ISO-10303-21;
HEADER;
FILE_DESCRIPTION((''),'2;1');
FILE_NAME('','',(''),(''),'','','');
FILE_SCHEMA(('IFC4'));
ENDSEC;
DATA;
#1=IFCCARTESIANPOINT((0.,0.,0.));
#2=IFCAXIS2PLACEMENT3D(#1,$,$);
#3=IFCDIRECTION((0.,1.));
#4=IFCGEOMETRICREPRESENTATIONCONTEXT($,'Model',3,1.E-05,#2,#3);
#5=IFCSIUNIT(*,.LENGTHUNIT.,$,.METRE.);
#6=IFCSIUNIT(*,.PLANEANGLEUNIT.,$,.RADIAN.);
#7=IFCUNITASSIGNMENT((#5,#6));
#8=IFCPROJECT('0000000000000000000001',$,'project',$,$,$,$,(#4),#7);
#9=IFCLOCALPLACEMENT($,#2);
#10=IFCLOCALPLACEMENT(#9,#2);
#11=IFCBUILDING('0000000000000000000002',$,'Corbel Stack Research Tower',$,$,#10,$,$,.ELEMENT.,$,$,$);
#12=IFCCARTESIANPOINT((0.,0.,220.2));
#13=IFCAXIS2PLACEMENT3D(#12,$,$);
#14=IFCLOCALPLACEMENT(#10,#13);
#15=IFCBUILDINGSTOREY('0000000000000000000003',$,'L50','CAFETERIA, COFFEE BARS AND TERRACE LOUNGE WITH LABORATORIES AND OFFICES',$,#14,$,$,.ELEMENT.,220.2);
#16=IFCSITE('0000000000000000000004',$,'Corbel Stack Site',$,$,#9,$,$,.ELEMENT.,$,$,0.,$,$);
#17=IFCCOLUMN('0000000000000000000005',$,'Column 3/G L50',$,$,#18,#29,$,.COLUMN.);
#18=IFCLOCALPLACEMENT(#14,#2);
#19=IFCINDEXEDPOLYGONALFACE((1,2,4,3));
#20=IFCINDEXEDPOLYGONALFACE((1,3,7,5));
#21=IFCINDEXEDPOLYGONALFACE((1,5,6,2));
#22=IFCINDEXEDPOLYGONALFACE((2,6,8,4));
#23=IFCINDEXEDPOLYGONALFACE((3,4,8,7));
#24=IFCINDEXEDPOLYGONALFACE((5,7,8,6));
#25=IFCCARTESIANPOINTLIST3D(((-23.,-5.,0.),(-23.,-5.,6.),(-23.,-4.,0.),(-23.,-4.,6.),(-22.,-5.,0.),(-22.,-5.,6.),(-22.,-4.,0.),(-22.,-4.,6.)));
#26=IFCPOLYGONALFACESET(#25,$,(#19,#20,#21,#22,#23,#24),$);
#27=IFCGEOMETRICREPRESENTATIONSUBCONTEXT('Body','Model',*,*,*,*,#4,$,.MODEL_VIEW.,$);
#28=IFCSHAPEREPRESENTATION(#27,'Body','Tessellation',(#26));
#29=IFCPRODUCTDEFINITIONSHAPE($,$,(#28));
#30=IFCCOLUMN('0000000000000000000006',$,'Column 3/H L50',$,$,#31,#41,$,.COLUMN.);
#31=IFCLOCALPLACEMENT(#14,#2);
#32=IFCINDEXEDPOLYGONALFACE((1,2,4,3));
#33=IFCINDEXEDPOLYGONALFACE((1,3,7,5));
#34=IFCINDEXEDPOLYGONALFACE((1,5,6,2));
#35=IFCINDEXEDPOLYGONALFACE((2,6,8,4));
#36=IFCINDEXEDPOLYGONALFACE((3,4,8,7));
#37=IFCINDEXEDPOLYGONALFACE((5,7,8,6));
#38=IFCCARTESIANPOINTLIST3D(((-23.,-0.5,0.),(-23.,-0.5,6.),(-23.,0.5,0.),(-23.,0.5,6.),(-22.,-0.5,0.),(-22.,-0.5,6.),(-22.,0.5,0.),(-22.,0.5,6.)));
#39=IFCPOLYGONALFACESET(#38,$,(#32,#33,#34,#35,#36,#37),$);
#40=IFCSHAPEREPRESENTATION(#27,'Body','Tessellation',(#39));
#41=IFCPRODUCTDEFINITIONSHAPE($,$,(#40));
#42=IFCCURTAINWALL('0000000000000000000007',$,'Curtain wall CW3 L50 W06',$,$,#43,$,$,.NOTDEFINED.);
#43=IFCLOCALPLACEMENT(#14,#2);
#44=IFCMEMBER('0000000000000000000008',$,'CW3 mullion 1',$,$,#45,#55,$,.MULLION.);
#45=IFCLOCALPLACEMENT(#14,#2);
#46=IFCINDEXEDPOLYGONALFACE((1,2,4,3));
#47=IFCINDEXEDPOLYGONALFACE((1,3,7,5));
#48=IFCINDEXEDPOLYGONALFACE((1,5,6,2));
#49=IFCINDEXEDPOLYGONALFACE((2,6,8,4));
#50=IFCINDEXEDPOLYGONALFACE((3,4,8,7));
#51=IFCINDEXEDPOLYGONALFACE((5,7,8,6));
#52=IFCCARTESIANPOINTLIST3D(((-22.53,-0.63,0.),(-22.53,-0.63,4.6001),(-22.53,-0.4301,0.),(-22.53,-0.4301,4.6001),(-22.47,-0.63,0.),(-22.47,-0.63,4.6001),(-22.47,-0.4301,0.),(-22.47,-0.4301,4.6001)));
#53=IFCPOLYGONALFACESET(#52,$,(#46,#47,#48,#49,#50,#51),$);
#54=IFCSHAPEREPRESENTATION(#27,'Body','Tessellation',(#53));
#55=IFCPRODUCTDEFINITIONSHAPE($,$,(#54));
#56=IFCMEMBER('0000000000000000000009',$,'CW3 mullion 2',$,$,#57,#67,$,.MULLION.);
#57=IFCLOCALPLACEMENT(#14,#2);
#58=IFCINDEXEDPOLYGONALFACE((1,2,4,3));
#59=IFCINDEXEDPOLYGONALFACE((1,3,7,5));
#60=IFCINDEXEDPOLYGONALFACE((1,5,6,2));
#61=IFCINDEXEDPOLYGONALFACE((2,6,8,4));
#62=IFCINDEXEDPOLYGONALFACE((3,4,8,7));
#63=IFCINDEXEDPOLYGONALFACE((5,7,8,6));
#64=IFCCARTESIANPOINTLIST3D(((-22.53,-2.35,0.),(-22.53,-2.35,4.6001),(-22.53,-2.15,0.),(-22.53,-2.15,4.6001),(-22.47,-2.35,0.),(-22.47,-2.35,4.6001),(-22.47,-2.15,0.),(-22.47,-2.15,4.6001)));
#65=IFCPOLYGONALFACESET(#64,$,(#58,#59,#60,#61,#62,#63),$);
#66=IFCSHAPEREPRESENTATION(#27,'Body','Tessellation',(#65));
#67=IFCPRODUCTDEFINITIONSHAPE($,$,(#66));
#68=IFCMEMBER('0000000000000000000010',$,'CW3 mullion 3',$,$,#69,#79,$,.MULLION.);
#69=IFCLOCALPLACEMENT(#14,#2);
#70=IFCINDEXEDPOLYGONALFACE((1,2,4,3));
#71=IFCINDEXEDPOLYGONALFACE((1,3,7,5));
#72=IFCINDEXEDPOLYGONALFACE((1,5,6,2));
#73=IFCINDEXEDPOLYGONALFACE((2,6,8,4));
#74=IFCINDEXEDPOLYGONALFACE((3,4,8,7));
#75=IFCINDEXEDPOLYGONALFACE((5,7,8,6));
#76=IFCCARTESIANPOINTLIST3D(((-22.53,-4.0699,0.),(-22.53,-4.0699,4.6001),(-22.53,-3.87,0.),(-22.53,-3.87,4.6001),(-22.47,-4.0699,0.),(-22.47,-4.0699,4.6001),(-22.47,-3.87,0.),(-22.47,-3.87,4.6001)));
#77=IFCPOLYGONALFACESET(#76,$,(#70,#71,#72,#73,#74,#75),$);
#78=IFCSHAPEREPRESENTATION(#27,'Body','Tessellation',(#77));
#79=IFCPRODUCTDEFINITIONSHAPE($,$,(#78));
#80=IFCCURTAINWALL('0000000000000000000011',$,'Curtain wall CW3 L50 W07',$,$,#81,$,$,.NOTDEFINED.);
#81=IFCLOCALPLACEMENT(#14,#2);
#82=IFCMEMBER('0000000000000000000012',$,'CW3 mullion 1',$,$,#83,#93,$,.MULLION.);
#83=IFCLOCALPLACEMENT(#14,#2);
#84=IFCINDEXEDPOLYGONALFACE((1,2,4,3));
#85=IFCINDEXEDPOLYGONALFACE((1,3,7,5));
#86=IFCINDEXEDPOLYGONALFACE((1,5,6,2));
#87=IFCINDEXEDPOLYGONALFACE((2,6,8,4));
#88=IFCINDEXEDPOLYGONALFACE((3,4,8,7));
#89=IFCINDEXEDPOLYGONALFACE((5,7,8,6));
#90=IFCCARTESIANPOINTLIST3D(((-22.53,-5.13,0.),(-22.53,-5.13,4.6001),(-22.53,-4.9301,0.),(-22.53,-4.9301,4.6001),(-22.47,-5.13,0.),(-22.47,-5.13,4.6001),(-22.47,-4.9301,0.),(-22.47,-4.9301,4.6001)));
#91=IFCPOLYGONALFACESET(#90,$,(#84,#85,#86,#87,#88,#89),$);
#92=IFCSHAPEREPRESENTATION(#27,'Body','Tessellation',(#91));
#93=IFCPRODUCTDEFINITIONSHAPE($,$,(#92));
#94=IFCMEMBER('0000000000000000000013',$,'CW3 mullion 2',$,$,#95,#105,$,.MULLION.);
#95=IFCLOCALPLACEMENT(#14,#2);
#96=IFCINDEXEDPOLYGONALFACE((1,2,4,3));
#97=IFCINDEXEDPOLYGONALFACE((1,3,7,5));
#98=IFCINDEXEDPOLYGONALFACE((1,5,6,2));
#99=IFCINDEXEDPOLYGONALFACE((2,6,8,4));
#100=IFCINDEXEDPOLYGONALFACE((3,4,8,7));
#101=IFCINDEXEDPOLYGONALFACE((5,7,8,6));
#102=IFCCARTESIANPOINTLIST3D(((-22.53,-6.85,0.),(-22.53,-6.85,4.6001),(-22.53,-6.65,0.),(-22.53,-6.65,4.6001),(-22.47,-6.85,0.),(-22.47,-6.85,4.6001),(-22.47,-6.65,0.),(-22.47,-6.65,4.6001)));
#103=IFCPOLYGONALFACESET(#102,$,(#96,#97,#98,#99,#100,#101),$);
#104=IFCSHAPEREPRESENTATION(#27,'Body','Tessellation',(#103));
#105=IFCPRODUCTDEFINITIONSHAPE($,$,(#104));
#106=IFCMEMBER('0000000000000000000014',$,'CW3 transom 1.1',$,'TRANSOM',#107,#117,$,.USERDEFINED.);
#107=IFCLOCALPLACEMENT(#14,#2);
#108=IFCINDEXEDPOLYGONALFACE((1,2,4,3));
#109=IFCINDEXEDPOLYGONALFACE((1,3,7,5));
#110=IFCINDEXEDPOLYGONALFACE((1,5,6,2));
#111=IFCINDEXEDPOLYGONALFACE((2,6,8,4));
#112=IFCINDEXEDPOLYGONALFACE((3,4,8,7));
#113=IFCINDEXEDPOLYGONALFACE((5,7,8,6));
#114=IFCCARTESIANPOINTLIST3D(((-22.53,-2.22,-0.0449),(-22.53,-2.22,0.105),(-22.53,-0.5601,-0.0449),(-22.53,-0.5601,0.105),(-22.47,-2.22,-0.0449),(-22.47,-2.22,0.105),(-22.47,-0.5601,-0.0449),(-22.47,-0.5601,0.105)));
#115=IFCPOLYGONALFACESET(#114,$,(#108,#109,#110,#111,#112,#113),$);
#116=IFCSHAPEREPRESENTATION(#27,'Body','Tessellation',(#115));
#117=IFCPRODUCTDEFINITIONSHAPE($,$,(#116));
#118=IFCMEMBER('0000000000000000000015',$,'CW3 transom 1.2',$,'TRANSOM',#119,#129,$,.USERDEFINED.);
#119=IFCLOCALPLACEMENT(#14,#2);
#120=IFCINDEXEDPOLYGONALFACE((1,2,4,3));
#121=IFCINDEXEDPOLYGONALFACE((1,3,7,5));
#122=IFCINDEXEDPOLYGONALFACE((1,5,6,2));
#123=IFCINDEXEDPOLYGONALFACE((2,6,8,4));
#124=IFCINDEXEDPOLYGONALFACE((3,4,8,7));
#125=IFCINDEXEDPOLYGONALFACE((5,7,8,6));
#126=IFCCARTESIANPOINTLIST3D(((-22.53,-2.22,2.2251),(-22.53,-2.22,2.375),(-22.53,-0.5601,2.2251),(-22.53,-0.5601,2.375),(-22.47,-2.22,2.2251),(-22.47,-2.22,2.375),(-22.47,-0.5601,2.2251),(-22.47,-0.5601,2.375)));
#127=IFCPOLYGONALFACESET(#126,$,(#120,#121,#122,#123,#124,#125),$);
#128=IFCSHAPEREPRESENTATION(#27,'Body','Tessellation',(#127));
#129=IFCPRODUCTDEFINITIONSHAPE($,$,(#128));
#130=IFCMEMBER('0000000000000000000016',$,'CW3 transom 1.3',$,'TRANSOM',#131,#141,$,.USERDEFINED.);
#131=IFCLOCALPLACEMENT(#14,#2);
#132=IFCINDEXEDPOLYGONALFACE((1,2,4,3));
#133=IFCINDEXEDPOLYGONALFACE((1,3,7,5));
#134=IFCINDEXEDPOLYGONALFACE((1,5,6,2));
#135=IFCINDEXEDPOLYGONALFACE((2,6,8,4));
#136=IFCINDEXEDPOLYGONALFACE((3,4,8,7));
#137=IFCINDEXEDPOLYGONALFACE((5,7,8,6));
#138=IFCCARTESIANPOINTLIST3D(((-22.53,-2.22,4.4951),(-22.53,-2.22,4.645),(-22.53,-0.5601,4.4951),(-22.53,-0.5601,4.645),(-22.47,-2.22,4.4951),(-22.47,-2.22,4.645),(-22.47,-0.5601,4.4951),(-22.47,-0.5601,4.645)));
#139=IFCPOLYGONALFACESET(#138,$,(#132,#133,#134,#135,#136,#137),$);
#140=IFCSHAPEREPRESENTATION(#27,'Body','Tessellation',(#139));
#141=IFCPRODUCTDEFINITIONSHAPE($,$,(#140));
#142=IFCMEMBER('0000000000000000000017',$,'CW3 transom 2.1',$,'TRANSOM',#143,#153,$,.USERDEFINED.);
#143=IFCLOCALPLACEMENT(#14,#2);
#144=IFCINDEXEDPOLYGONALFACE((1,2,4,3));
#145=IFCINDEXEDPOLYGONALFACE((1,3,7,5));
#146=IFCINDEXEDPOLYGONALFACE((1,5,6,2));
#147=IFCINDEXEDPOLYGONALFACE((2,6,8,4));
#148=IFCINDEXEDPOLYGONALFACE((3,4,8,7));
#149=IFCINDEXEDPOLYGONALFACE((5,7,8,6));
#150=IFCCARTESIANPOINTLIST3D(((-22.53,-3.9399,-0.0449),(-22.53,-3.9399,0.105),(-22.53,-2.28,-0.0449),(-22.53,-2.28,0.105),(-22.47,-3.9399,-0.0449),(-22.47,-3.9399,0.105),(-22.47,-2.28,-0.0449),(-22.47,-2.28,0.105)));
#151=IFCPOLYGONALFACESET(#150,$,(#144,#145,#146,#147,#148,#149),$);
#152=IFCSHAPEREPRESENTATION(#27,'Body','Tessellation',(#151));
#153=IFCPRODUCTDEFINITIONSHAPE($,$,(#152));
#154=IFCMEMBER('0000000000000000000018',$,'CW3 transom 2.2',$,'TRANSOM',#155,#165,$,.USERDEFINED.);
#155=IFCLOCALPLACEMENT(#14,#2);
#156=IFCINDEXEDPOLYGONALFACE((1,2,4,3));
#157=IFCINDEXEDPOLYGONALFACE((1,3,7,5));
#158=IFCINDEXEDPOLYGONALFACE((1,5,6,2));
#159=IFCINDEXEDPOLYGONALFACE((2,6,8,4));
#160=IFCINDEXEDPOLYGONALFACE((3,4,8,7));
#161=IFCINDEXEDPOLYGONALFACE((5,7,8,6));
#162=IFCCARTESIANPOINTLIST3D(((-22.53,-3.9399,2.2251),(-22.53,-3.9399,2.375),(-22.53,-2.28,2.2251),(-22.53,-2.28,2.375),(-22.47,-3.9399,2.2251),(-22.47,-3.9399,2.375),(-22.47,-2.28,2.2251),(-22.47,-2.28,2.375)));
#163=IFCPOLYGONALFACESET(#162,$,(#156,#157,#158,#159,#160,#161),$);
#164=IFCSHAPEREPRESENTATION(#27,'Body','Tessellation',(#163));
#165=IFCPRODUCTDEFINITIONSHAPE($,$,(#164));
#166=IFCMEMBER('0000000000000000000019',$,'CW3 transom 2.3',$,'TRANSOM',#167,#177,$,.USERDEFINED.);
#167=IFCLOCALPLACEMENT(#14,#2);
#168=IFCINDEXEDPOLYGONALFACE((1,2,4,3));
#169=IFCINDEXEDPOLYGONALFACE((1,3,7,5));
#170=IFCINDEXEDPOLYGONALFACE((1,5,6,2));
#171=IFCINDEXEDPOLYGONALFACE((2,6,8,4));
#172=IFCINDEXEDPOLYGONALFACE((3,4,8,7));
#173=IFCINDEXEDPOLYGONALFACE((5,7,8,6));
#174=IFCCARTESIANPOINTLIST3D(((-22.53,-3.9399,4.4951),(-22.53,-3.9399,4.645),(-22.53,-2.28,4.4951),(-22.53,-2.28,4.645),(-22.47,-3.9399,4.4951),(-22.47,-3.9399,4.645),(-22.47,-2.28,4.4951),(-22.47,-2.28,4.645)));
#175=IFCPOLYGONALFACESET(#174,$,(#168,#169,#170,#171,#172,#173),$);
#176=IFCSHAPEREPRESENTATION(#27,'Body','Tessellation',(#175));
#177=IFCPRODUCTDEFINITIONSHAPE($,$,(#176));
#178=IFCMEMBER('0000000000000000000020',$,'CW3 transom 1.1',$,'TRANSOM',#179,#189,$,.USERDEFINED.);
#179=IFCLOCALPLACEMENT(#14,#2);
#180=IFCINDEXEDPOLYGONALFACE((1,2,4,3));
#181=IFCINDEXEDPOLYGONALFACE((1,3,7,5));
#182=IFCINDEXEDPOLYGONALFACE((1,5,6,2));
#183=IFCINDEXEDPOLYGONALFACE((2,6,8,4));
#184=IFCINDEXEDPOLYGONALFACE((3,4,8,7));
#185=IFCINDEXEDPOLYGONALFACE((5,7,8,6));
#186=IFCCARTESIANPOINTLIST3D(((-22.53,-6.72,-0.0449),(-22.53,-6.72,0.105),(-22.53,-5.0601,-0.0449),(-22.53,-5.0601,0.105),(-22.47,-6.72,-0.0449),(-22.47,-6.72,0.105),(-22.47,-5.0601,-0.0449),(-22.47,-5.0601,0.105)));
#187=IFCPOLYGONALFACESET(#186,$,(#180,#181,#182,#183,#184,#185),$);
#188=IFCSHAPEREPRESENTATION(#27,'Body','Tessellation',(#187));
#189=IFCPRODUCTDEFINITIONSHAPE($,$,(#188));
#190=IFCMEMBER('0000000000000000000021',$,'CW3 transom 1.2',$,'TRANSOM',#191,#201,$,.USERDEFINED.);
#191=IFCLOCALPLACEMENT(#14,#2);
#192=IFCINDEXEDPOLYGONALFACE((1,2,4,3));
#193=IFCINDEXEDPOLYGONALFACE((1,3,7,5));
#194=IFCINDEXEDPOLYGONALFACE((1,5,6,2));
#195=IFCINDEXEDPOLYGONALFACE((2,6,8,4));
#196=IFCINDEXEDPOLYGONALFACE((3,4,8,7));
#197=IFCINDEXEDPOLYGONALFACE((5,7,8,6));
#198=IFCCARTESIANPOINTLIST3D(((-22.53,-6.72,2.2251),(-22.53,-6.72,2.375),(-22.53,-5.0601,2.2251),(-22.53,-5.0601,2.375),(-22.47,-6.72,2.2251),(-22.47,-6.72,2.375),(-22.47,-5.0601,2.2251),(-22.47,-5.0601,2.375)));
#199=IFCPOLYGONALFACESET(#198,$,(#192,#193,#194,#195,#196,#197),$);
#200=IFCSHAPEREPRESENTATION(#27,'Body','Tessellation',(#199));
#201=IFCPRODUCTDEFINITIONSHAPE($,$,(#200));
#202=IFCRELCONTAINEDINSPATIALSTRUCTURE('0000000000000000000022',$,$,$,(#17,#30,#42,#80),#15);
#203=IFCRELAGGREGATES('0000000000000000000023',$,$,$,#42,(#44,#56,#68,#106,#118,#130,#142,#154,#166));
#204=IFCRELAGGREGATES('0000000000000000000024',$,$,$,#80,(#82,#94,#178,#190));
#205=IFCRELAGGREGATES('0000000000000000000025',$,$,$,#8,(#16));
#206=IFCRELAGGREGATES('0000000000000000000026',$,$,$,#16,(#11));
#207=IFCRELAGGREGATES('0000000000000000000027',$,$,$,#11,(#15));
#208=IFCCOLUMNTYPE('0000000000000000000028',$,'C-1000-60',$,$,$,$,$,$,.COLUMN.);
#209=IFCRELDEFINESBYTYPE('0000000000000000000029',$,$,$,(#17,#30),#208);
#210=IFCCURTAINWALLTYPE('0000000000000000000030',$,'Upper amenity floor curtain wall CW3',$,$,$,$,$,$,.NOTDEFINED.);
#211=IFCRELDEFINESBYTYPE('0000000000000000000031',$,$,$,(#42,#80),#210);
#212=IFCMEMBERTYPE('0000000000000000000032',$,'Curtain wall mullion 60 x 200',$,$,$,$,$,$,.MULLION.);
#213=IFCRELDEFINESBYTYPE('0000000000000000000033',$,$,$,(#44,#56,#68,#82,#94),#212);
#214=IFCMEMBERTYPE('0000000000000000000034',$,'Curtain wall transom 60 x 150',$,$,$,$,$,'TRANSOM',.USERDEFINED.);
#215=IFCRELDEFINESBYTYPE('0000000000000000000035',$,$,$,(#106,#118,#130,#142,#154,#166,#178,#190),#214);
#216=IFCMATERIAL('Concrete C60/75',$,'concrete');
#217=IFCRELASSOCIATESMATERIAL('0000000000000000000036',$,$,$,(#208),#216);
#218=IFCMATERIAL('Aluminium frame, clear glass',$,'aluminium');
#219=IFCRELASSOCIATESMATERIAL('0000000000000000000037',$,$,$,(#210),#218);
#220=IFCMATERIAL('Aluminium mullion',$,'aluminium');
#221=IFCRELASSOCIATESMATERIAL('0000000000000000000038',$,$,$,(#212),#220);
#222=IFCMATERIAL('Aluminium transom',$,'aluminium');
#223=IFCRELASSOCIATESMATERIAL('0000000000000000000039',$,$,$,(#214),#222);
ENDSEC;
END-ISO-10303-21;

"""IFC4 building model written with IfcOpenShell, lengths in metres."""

from ifc_helpers import new_model, si_unit, direction, frame, origin, origin_2d, place, context, subcontext, project, spatial, rectangle, extrude, material, material_profile, profile_set, type_object, element, aggregate, save


model = new_model("IFC4")

# Units and contexts
model_context = context("Model", 3, precision=1e-05, world=origin(), true_north=direction((0.0, 1.0)))
body_context = subcontext(model_context, "Body", "Model", "MODEL_VIEW")
ifc_project = project(units=[si_unit("LENGTHUNIT", "METRE"), si_unit("PLANEANGLEUNIT", "RADIAN")], contexts=[model_context])

# Site, building, storey
site_placement = place(None, origin())
site = spatial("IfcSite", under=ifc_project, at=site_placement, Name="Corbel Stack Site", CompositionType="ELEMENT", RefElevation=0.0)
building_placement = place(site_placement, origin())
building = spatial("IfcBuilding", under=site, at=building_placement, Name="Corbel Stack Research Tower", CompositionType="ELEMENT")
storey_placement = place(building_placement, frame((0.0, 0.0, 220.2)))
storey = spatial("IfcBuildingStorey", under=building, at=storey_placement, Name="L50", Description="CAFETERIA, COFFEE BARS AND TERRACE LOUNGE WITH LABORATORIES AND OFFICES", CompositionType="ELEMENT", Elevation=220.2)

# Columns
ifc_material_1 = material(Name="Concrete C60/75", Category="concrete")
ifc_material_profile_1 = material_profile(ifc_material_1, rectangle(XDim=1.0, YDim=1.0, at=origin_2d()), Name="RC 1000 x 1000")
ifc_profile_set_1 = profile_set([ifc_material_profile_1], Name="Concrete C60/75")
column_type = type_object("IfcColumnType", Name="C-1000-60", PredefinedType="COLUMN", material=ifc_profile_set_1)
for number, where, z_axis, x_axis, name in (
    (1, (-22.5, -4.5, 0.0), (0.0, 0.0, 1.0), (1.0, 0.0, 0.0), "Column 3/G L50"),
    (2, (-22.5, 0.0, 0.0), (0.0, 0.0, 1.0), (1.0, 0.0, 0.0), "Column 3/H L50"),
):
    element("IfcColumn", number, at=place(storey_placement, frame(where, z_axis=z_axis, x_axis=x_axis)), inside=storey, type_object=column_type, Name=name, PredefinedType="COLUMN", context=body_context, shape_type="SweptSolid", body=[
        extrude(rectangle(XDim=1.0, YDim=1.0, at=origin_2d()), origin(), (0.0, 0.0, 1.0), 6.0),
    ])

# Curtain walls, members
ifc_material_2 = material(Name="Aluminium frame, clear glass", Category="aluminium")
curtain_wall_type = type_object("IfcCurtainWallType", Name="Upper amenity floor curtain wall CW3", PredefinedType="NOTDEFINED", material=ifc_material_2)
curtain_wall_1_placement = place(storey_placement, origin())
curtain_wall_1 = element("IfcCurtainWall", 3, at=curtain_wall_1_placement, inside=storey, type_object=curtain_wall_type, Name="Curtain wall CW3 L50 W06", PredefinedType="NOTDEFINED")
ifc_material_3 = material(Name="Aluminium mullion", Category="aluminium")
ifc_material_profile_2 = material_profile(ifc_material_3, rectangle(XDim=0.0601, YDim=0.2, at=origin_2d()), Name="Mullion 60 x 200")
ifc_profile_set_2 = profile_set([ifc_material_profile_2], Name="Aluminium mullion")
member_type_1 = type_object("IfcMemberType", Name="Curtain wall mullion 60 x 200", PredefinedType="MULLION", material=ifc_profile_set_2)
member_1_placement = place(storey_placement, frame((-22.5, -0.53, 0.0), z_axis=(0.0, 0.0, 1.0), x_axis=(1.0, 0.0, 0.0)))
member_1 = element("IfcMember", 4, at=member_1_placement, type_object=member_type_1, Name="CW3 mullion 1", PredefinedType="MULLION", context=body_context, shape_type="SweptSolid", body=[
    extrude(rectangle(XDim=0.0601, YDim=0.2, at=origin_2d()), origin(), (0.0, 0.0, 1.0), 4.6001),
])
member_2_placement = place(storey_placement, frame((-22.5, -2.25, 0.0), z_axis=(0.0, 0.0, 1.0), x_axis=(1.0, 0.0, 0.0)))
member_2 = element("IfcMember", 5, at=member_2_placement, type_object=member_type_1, Name="CW3 mullion 2", PredefinedType="MULLION", context=body_context, shape_type="SweptSolid", body=[
    extrude(rectangle(XDim=0.0601, YDim=0.2, at=origin_2d()), origin(), (0.0, 0.0, 1.0), 4.6001),
])
member_3_placement = place(storey_placement, frame((-22.5, -3.97, 0.0), z_axis=(0.0, 0.0, 1.0), x_axis=(1.0, 0.0, 0.0)))
member_3 = element("IfcMember", 6, at=member_3_placement, type_object=member_type_1, Name="CW3 mullion 3", PredefinedType="MULLION", context=body_context, shape_type="SweptSolid", body=[
    extrude(rectangle(XDim=0.0601, YDim=0.2, at=origin_2d()), origin(), (0.0, 0.0, 1.0), 4.6001),
])
curtain_wall_2_placement = place(storey_placement, origin())
curtain_wall_2 = element("IfcCurtainWall", 7, at=curtain_wall_2_placement, inside=storey, type_object=curtain_wall_type, Name="Curtain wall CW3 L50 W07", PredefinedType="NOTDEFINED")
member_4_placement = place(storey_placement, frame((-22.5, -5.03, 0.0), z_axis=(0.0, 0.0, 1.0), x_axis=(1.0, 0.0, 0.0)))
member_4 = element("IfcMember", 8, at=member_4_placement, type_object=member_type_1, Name="CW3 mullion 1", PredefinedType="MULLION", context=body_context, shape_type="SweptSolid", body=[
    extrude(rectangle(XDim=0.0601, YDim=0.2, at=origin_2d()), origin(), (0.0, 0.0, 1.0), 4.6001),
])
member_5_placement = place(storey_placement, frame((-22.5, -6.75, 0.0), z_axis=(0.0, 0.0, 1.0), x_axis=(1.0, 0.0, 0.0)))
member_5 = element("IfcMember", 9, at=member_5_placement, type_object=member_type_1, Name="CW3 mullion 2", PredefinedType="MULLION", context=body_context, shape_type="SweptSolid", body=[
    extrude(rectangle(XDim=0.0601, YDim=0.2, at=origin_2d()), origin(), (0.0, 0.0, 1.0), 4.6001),
])

# Members
ifc_material_4 = material(Name="Aluminium transom", Category="aluminium")
ifc_material_profile_3 = material_profile(ifc_material_4, rectangle(XDim=0.0601, YDim=0.1499, at=origin_2d()), Name="Transom 60 x 150")
ifc_profile_set_3 = profile_set([ifc_material_profile_3], Name="Aluminium transom")
member_type_2 = type_object("IfcMemberType", Name="Curtain wall transom 60 x 150", ElementType="TRANSOM", PredefinedType="USERDEFINED", material=ifc_profile_set_3)
member_6_placement = place(storey_placement, frame((-22.5, -0.5601, 0.03), z_axis=(0.0, -1.0, 0.0), x_axis=(1.0, 0.0, 0.0)))
member_6 = element("IfcMember", 10, at=member_6_placement, type_object=member_type_2, Name="CW3 transom 1.1", ObjectType="TRANSOM", PredefinedType="USERDEFINED", context=body_context, shape_type="SweptSolid", body=[
    extrude(rectangle(XDim=0.0601, YDim=0.1499, at=origin_2d()), origin(), (0.0, 0.0, 1.0), 1.6599),
])
member_7_placement = place(storey_placement, frame((-22.5, -0.5601, 2.3), z_axis=(0.0, -1.0, 0.0), x_axis=(1.0, 0.0, 0.0)))
member_7 = element("IfcMember", 11, at=member_7_placement, type_object=member_type_2, Name="CW3 transom 1.2", ObjectType="TRANSOM", PredefinedType="USERDEFINED", context=body_context, shape_type="SweptSolid", body=[
    extrude(rectangle(XDim=0.0601, YDim=0.1499, at=origin_2d()), origin(), (0.0, 0.0, 1.0), 1.6599),
])
member_8_placement = place(storey_placement, frame((-22.5, -0.5601, 4.5701), z_axis=(0.0, -1.0, 0.0), x_axis=(1.0, 0.0, 0.0)))
member_8 = element("IfcMember", 12, at=member_8_placement, type_object=member_type_2, Name="CW3 transom 1.3", ObjectType="TRANSOM", PredefinedType="USERDEFINED", context=body_context, shape_type="SweptSolid", body=[
    extrude(rectangle(XDim=0.0601, YDim=0.1499, at=origin_2d()), origin(), (0.0, 0.0, 1.0), 1.6599),
])
member_9_placement = place(storey_placement, frame((-22.5, -2.28, 0.03), z_axis=(0.0, -1.0, 0.0), x_axis=(1.0, 0.0, 0.0)))
member_9 = element("IfcMember", 13, at=member_9_placement, type_object=member_type_2, Name="CW3 transom 2.1", ObjectType="TRANSOM", PredefinedType="USERDEFINED", context=body_context, shape_type="SweptSolid", body=[
    extrude(rectangle(XDim=0.0601, YDim=0.1499, at=origin_2d()), origin(), (0.0, 0.0, 1.0), 1.6599),
])
member_10_placement = place(storey_placement, frame((-22.5, -2.28, 2.3), z_axis=(0.0, -1.0, 0.0), x_axis=(1.0, 0.0, 0.0)))
member_10 = element("IfcMember", 14, at=member_10_placement, type_object=member_type_2, Name="CW3 transom 2.2", ObjectType="TRANSOM", PredefinedType="USERDEFINED", context=body_context, shape_type="SweptSolid", body=[
    extrude(rectangle(XDim=0.0601, YDim=0.1499, at=origin_2d()), origin(), (0.0, 0.0, 1.0), 1.6599),
])
member_11_placement = place(storey_placement, frame((-22.5, -2.28, 4.5701), z_axis=(0.0, -1.0, 0.0), x_axis=(1.0, 0.0, 0.0)))
member_11 = element("IfcMember", 15, at=member_11_placement, type_object=member_type_2, Name="CW3 transom 2.3", ObjectType="TRANSOM", PredefinedType="USERDEFINED", context=body_context, shape_type="SweptSolid", body=[
    extrude(rectangle(XDim=0.0601, YDim=0.1499, at=origin_2d()), origin(), (0.0, 0.0, 1.0), 1.6599),
])
member_12_placement = place(storey_placement, frame((-22.5, -5.0601, 0.03), z_axis=(0.0, -1.0, 0.0), x_axis=(1.0, 0.0, 0.0)))
member_12 = element("IfcMember", 16, at=member_12_placement, type_object=member_type_2, Name="CW3 transom 1.1", ObjectType="TRANSOM", PredefinedType="USERDEFINED", context=body_context, shape_type="SweptSolid", body=[
    extrude(rectangle(XDim=0.0601, YDim=0.1499, at=origin_2d()), origin(), (0.0, 0.0, 1.0), 1.6599),
])
member_13_placement = place(storey_placement, frame((-22.5, -5.0601, 2.3), z_axis=(0.0, -1.0, 0.0), x_axis=(1.0, 0.0, 0.0)))
member_13 = element("IfcMember", 17, at=member_13_placement, type_object=member_type_2, Name="CW3 transom 1.2", ObjectType="TRANSOM", PredefinedType="USERDEFINED", context=body_context, shape_type="SweptSolid", body=[
    extrude(rectangle(XDim=0.0601, YDim=0.1499, at=origin_2d()), origin(), (0.0, 0.0, 1.0), 1.6599),
])

aggregate(curtain_wall_1, [member_1, member_2, member_3, member_6, member_7, member_8, member_9, member_10, member_11])
aggregate(curtain_wall_2, [member_4, member_5, member_12, member_13])

save(model, "model.ifc")
